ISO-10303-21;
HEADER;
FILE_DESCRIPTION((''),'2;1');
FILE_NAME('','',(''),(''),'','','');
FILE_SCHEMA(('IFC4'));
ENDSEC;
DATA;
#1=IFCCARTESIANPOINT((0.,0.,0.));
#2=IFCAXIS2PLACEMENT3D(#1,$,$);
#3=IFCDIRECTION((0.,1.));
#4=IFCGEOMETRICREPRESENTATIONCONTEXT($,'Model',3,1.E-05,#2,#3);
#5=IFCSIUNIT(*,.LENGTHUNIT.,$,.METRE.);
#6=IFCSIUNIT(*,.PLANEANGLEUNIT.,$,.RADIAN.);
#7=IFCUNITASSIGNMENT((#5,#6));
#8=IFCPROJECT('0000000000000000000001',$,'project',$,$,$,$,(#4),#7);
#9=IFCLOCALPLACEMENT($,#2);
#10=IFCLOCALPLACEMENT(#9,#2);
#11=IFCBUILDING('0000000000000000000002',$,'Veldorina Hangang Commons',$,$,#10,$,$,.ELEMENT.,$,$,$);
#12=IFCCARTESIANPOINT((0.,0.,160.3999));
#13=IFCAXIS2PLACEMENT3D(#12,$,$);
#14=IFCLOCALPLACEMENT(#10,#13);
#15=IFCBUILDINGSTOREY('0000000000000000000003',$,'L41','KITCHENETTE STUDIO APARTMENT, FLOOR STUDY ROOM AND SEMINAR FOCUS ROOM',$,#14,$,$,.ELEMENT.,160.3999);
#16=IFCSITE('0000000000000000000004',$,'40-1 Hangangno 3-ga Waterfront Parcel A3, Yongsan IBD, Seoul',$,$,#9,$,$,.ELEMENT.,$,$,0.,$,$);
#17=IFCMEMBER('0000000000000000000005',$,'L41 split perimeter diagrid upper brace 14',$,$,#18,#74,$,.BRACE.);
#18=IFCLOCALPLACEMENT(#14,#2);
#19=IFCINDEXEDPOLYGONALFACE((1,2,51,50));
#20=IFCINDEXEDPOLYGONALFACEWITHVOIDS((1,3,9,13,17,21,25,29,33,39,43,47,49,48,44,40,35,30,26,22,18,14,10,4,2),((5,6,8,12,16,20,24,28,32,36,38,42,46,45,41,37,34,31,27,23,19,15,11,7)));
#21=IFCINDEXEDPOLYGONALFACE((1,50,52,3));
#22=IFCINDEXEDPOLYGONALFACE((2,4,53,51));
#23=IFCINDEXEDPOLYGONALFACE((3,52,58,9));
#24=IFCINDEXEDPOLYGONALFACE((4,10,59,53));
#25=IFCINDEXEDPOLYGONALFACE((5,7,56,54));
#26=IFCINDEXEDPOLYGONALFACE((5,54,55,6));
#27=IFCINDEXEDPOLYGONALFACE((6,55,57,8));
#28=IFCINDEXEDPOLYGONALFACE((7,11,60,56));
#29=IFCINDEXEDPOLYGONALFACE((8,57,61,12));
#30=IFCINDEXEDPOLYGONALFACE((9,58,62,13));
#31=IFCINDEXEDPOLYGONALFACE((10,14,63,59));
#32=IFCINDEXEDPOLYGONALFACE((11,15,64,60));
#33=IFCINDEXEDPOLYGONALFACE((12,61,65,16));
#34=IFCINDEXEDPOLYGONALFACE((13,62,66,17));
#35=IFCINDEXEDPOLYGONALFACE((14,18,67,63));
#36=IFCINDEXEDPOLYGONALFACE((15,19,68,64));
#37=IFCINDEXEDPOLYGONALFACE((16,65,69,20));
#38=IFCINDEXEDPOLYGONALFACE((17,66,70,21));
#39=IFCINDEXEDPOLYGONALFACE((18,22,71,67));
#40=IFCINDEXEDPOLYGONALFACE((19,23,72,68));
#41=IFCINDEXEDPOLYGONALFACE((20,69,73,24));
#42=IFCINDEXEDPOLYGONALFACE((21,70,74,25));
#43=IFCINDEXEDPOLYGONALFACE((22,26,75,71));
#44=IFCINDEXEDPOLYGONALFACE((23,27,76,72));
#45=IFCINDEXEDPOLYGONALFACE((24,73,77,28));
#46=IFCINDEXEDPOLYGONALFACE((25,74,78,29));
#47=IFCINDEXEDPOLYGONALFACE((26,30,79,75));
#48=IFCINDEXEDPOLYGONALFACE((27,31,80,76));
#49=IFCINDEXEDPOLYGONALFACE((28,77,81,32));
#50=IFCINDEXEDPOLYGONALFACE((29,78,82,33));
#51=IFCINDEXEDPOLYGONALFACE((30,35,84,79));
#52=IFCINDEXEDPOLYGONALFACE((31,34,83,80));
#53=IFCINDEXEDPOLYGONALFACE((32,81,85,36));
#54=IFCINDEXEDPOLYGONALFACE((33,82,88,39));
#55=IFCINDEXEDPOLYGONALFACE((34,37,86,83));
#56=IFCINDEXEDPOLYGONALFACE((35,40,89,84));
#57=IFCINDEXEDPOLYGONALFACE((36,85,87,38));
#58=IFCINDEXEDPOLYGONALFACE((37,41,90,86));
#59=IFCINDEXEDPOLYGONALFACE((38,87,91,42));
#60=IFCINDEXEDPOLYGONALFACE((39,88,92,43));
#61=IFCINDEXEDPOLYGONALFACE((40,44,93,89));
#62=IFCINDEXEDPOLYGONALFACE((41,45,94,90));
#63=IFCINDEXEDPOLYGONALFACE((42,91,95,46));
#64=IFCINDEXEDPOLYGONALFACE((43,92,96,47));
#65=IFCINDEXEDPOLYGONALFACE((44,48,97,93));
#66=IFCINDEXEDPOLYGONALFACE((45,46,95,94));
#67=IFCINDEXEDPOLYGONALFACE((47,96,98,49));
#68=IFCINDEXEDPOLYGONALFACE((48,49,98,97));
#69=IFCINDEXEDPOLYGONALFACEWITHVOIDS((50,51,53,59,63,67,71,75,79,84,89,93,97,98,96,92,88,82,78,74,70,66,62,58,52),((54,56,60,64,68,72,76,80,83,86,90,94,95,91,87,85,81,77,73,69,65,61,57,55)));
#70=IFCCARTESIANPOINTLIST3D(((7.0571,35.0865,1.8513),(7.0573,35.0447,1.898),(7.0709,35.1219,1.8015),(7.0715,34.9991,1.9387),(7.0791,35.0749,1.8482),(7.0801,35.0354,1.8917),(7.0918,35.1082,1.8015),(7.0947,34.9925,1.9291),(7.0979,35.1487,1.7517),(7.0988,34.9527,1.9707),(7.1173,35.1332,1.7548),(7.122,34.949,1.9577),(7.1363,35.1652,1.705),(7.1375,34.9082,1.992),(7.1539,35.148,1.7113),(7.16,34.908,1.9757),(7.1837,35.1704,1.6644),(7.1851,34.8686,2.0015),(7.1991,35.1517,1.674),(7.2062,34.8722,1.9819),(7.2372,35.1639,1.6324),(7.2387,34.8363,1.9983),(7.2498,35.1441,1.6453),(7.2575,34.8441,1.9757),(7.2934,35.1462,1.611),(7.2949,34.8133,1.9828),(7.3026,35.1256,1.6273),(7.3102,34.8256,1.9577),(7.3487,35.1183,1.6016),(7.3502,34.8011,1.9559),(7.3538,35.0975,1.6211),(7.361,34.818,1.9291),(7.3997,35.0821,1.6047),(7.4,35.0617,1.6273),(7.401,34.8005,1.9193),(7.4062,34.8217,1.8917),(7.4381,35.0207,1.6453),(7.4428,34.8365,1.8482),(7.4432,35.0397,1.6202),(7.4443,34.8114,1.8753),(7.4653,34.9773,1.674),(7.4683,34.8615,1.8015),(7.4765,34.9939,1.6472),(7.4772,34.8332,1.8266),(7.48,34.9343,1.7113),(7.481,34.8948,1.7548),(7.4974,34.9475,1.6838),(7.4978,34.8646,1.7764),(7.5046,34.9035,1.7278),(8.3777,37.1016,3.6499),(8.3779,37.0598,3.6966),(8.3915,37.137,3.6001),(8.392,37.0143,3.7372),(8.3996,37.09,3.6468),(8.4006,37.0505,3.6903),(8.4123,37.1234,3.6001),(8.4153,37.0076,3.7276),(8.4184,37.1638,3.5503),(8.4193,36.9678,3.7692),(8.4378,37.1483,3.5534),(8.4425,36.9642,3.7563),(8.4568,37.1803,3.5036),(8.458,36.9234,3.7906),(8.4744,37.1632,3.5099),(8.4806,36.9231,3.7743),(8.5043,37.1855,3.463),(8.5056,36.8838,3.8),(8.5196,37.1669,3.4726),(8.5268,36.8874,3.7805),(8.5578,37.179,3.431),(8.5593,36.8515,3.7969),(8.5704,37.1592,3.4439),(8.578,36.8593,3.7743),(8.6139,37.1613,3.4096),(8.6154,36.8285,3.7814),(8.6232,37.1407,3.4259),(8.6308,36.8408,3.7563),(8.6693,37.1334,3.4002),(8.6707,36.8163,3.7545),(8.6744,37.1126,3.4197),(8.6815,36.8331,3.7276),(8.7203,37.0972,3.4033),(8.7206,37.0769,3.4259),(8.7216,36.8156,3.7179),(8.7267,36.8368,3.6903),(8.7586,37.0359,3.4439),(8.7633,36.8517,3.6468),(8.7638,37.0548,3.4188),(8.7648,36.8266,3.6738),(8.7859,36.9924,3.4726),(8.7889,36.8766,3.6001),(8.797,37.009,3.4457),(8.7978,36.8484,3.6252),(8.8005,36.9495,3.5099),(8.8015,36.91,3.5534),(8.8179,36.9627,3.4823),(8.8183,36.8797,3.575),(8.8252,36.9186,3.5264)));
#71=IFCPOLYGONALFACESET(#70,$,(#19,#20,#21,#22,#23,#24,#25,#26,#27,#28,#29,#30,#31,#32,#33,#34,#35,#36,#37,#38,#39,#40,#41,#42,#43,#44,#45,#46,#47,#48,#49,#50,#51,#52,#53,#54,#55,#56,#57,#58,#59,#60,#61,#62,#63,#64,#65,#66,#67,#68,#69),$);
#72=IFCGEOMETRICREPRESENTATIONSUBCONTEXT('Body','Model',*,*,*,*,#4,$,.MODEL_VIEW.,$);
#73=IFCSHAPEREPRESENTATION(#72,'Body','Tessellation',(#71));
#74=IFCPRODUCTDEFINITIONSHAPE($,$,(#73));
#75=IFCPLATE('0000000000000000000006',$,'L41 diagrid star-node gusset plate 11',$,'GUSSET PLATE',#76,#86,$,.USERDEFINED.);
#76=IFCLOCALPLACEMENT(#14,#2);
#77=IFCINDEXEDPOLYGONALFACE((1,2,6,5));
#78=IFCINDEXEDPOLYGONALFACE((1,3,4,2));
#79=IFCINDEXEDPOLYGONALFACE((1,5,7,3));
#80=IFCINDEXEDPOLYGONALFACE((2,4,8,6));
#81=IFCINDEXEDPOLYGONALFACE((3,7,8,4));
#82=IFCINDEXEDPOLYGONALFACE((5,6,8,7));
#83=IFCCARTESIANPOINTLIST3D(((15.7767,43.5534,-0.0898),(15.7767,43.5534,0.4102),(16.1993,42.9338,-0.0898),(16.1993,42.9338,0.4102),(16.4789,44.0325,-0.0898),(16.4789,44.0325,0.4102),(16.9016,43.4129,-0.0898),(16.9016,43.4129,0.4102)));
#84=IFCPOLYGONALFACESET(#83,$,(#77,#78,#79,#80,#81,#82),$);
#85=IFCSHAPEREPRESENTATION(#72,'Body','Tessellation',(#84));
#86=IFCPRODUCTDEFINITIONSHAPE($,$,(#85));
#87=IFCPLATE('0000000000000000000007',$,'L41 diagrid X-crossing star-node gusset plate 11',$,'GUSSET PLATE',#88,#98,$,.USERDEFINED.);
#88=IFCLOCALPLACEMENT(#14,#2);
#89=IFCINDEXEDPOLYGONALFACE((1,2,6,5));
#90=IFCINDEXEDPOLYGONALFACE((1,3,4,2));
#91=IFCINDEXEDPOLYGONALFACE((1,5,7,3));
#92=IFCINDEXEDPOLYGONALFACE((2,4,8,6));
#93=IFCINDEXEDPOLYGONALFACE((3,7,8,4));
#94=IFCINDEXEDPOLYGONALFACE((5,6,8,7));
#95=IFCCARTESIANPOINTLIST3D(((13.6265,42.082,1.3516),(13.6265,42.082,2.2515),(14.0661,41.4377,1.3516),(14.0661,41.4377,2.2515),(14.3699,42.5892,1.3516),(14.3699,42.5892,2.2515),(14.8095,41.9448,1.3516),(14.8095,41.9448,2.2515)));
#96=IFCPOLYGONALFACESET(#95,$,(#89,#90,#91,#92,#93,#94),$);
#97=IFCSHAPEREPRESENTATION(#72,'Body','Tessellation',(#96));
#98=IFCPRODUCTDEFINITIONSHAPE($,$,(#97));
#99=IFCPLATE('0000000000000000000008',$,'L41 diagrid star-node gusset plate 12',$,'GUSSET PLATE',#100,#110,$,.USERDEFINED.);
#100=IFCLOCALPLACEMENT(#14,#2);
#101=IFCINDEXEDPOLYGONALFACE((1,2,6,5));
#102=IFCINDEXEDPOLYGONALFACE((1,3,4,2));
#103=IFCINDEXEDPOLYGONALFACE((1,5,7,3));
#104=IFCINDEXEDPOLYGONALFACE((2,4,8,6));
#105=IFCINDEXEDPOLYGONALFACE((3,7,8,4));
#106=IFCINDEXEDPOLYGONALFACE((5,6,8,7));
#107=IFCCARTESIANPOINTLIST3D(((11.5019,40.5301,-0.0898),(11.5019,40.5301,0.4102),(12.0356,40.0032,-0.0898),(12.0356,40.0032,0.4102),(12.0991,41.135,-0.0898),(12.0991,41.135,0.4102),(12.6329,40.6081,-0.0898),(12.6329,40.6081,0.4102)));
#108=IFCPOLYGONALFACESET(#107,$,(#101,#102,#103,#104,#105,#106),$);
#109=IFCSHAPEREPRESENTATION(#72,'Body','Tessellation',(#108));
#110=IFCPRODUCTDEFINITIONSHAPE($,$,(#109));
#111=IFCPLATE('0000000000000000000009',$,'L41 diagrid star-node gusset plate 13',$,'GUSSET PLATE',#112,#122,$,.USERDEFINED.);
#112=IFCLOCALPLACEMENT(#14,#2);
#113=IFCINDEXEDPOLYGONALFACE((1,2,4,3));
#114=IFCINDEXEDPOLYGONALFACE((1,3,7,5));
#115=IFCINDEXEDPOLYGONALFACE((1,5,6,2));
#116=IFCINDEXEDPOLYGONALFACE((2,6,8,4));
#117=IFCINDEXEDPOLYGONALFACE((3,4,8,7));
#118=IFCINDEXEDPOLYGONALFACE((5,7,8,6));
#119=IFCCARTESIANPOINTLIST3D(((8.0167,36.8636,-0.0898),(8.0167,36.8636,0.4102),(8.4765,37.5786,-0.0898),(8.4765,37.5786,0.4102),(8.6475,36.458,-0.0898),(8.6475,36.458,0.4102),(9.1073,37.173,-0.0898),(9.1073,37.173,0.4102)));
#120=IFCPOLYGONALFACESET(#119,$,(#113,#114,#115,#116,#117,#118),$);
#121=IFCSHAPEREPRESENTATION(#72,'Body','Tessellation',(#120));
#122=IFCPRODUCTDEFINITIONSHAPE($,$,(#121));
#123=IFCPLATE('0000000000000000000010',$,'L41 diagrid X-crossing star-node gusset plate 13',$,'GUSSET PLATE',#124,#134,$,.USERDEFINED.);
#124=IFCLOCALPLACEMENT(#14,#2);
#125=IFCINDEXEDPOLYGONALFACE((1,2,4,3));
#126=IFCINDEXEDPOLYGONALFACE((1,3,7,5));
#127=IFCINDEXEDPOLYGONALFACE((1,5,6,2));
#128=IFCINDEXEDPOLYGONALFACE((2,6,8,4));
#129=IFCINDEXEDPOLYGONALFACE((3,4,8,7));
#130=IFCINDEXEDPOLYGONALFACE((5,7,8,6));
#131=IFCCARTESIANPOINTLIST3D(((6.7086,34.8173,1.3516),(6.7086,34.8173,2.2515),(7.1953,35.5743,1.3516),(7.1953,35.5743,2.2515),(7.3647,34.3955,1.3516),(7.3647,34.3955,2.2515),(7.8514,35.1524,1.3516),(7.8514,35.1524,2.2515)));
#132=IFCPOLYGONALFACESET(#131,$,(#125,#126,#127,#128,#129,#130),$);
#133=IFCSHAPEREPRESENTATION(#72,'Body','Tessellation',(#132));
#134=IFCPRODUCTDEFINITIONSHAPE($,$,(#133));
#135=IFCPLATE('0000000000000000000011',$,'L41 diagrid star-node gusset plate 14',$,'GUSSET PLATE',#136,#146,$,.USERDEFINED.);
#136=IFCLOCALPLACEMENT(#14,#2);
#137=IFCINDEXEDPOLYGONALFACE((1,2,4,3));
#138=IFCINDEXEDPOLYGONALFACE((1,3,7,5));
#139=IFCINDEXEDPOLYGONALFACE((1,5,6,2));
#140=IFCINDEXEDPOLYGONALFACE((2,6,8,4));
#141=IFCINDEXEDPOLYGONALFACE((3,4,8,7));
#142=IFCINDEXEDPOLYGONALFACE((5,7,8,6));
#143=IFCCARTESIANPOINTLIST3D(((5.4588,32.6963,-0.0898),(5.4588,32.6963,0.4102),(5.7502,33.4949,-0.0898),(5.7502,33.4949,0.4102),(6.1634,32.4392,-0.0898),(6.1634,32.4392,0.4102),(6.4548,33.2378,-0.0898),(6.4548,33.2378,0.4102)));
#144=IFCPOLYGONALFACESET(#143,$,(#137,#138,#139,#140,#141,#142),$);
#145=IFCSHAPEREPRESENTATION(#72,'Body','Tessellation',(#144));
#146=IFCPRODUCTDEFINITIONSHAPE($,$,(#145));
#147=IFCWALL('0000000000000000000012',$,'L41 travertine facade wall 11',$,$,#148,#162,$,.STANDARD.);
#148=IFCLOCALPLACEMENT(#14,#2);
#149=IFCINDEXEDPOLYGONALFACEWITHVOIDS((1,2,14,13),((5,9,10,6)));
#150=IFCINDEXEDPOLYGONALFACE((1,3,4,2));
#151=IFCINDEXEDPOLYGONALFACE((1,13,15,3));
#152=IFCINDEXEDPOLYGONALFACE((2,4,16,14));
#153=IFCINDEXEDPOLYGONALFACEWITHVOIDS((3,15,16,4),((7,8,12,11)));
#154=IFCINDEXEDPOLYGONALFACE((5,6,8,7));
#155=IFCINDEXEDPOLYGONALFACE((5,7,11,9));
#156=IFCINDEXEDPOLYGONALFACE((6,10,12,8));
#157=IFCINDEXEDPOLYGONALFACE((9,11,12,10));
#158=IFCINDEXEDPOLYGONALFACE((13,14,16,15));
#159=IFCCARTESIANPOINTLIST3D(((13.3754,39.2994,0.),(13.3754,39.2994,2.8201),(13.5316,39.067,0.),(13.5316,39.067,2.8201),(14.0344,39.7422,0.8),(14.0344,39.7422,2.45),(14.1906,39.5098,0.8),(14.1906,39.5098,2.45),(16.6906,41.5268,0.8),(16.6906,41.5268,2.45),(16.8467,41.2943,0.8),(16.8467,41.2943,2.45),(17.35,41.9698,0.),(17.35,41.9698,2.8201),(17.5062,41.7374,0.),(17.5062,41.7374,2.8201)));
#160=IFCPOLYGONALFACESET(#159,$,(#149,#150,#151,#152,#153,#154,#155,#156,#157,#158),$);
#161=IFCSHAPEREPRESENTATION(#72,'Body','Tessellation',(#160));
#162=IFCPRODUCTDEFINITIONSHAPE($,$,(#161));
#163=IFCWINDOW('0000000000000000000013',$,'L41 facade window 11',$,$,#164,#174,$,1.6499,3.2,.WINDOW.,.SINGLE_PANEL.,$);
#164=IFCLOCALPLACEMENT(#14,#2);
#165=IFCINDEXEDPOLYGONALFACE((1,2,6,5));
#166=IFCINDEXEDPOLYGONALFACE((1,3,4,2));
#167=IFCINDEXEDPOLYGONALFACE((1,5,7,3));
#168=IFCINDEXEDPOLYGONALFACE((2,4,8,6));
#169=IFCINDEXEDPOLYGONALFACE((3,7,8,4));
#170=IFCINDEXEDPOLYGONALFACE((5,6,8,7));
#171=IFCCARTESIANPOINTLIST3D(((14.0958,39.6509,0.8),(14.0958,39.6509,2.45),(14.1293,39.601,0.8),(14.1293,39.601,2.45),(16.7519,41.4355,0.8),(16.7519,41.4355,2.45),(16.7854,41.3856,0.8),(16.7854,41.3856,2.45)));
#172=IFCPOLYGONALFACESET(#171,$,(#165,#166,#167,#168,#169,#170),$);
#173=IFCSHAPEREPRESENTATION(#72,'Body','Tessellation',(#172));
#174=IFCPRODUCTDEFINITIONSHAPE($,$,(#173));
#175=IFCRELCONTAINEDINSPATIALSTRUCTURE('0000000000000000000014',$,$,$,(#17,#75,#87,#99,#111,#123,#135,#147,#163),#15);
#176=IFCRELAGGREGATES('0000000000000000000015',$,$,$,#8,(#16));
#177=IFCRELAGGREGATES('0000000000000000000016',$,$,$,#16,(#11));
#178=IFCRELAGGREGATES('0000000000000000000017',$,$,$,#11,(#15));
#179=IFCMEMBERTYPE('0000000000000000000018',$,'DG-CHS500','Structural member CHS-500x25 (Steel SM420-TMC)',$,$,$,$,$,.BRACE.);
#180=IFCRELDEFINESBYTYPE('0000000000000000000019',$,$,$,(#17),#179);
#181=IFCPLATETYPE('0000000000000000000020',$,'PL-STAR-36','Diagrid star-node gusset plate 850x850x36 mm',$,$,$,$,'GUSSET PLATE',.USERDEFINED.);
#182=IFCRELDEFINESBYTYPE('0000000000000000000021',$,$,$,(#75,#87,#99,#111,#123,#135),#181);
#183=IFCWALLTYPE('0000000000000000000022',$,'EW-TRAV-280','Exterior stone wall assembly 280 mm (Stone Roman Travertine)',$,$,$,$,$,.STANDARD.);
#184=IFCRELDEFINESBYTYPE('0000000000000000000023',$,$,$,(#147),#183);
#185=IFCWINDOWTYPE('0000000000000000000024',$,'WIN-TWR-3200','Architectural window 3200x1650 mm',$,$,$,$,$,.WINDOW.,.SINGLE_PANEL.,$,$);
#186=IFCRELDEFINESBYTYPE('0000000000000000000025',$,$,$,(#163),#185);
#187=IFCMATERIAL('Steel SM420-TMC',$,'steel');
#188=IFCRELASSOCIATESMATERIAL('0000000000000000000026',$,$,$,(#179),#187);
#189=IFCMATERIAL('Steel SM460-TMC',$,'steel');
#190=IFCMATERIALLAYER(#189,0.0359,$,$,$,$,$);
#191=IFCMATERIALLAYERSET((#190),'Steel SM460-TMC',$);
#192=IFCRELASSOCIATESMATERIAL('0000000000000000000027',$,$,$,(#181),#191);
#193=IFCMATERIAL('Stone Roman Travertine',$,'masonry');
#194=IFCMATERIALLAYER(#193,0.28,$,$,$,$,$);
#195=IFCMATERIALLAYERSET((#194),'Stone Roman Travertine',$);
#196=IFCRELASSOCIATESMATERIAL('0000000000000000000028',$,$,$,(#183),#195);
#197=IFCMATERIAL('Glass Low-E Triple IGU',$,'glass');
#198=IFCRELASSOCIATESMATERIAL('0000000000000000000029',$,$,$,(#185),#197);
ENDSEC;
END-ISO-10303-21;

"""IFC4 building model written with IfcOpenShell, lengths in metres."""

from ifc_helpers import new_model, si_unit, direction, frame, frame_2d, origin, origin_2d, place, context, subcontext, project, spatial, rectangle, hollow_circle, extrude, material, layer, layer_set, material_profile, profile_set, type_object, element, fill, save


model = new_model("IFC4")

# Units and contexts
model_context = context("Model", 3, precision=1e-05, world=origin(), true_north=direction((0.0, 1.0)))
body_context = subcontext(model_context, "Body", "Model", "MODEL_VIEW")
ifc_project = project(units=[si_unit("LENGTHUNIT", "METRE"), si_unit("PLANEANGLEUNIT", "RADIAN")], contexts=[model_context])

# Site, building, storey
site_placement = place(None, origin())
site = spatial("IfcSite", under=ifc_project, at=site_placement, Name="40-1 Hangangno 3-ga Waterfront Parcel A3, Yongsan IBD, Seoul", CompositionType="ELEMENT", RefElevation=0.0)
building_placement = place(site_placement, origin())
building = spatial("IfcBuilding", under=site, at=building_placement, Name="Veldorina Hangang Commons", CompositionType="ELEMENT")
storey_placement = place(building_placement, frame((0.0, 0.0, 160.3999)))
storey = spatial("IfcBuildingStorey", under=building, at=storey_placement, Name="L41", Description="KITCHENETTE STUDIO APARTMENT, FLOOR STUDY ROOM AND SEMINAR FOCUS ROOM", CompositionType="ELEMENT", Elevation=160.3999)

# Shared definitions
ifc_material_1 = material(Name="Steel SM420-TMC", Category="steel")

# Member
ifc_material_profile_1 = material_profile(ifc_material_1, hollow_circle(Radius=0.25, WallThickness=0.0249, at=origin_2d()), Name="CHS-500x25")
ifc_profile_set_1 = profile_set([ifc_material_profile_1], Name="Steel SM420-TMC")
member_type = type_object("IfcMemberType", Name="DG-CHS500", Description="Structural member CHS-500x25 (Steel SM420-TMC)", PredefinedType="BRACE", material=ifc_profile_set_1)
member_1_placement = place(storey_placement, frame((7.28, 34.9849, 1.8015), z_axis=(0.439222, 0.670241, 0.598215), x_axis=(-0.836405, 0.548112, 0.0)))
element("IfcMember", 1, at=member_1_placement, inside=storey, type_object=member_type, Name="L41 split perimeter diagrid upper brace 14", PredefinedType="BRACE", context=body_context, shape_type="SweptSolid", body=[
    extrude(hollow_circle(Radius=0.25, WallThickness=0.0249, at=origin_2d()), origin(), (0.0, 0.0, 1.0), 3.0066),
])

# Plates
ifc_material_2 = material(Name="Steel SM460-TMC", Category="steel")
ifc_layer_1 = layer(ifc_material_2, 0.0359)
ifc_layer_set_1 = layer_set([ifc_layer_1], Name="Steel SM460-TMC")
plate_type = type_object("IfcPlateType", Name="PL-STAR-36", Description="Diagrid star-node gusset plate 850x850x36 mm", ElementType="GUSSET PLATE", PredefinedType="USERDEFINED", material=ifc_layer_set_1)
plate_1_placement = place(storey_placement, frame((16.3391, 43.4832, -0.0898), z_axis=(0.0, 0.0, 1.0), x_axis=(-0.826079, -0.563555, 0.0)))
element("IfcPlate", 2, at=plate_1_placement, inside=storey, type_object=plate_type, Name="L41 diagrid star-node gusset plate 11", ObjectType="GUSSET PLATE", PredefinedType="USERDEFINED", context=body_context, shape_type="SweptSolid", body=[
    extrude(rectangle(XDim=0.8501, YDim=0.75, at=origin_2d()), origin(), (0.0, 0.0, 1.0), 0.5),
])
plate_2_placement = place(storey_placement, frame((14.218, 42.0134, 1.3516), z_axis=(0.0, 0.0, 1.0), x_axis=(-0.826079, -0.563555, 0.0)))
element("IfcPlate", 3, at=plate_2_placement, inside=storey, type_object=plate_type, Name="L41 diagrid X-crossing star-node gusset plate 11", ObjectType="GUSSET PLATE", PredefinedType="USERDEFINED", context=body_context, shape_type="SweptSolid", body=[
    extrude(rectangle(XDim=0.8999, YDim=0.78, at=origin_2d()), origin(), (0.0, 0.0, 1.0), 0.8999),
])
for number, where, z_axis, x_axis, name in (
    (4, (12.0674, 40.5691, -0.0898), (0.0, 0.0, 1.0), (-0.702551, -0.711634, 0.0), "L41 diagrid star-node gusset plate 12"),
    (5, (8.562, 37.0183, -0.0898), (0.0, 0.0, 1.0), (-0.540857, -0.841115, 0.0), "L41 diagrid star-node gusset plate 13"),
):
    element("IfcPlate", number, at=place(storey_placement, frame(where, z_axis=z_axis, x_axis=x_axis)), inside=storey, type_object=plate_type, Name=name, ObjectType="GUSSET PLATE", PredefinedType="USERDEFINED", context=body_context, shape_type="SweptSolid", body=[
        extrude(rectangle(XDim=0.8501, YDim=0.75, at=origin_2d()), origin(), (0.0, 0.0, 1.0), 0.5),
    ])
plate_3_placement = place(storey_placement, frame((7.28, 34.9849, 1.3516), z_axis=(0.0, 0.0, 1.0), x_axis=(-0.540857, -0.841115, 0.0)))
element("IfcPlate", 6, at=plate_3_placement, inside=storey, type_object=plate_type, Name="L41 diagrid X-crossing star-node gusset plate 13", ObjectType="GUSSET PLATE", PredefinedType="USERDEFINED", context=body_context, shape_type="SweptSolid", body=[
    extrude(rectangle(XDim=0.8999, YDim=0.78, at=origin_2d()), origin(), (0.0, 0.0, 1.0), 0.8999),
])
plate_4_placement = place(storey_placement, frame((5.9568, 32.967, -0.0898), z_axis=(0.0, 0.0, 1.0), x_axis=(-0.342807, -0.939406, 0.0)))
element("IfcPlate", 7, at=plate_4_placement, inside=storey, type_object=plate_type, Name="L41 diagrid star-node gusset plate 14", ObjectType="GUSSET PLATE", PredefinedType="USERDEFINED", context=body_context, shape_type="SweptSolid", body=[
    extrude(rectangle(XDim=0.8501, YDim=0.75, at=origin_2d()), origin(), (0.0, 0.0, 1.0), 0.5),
])

# Wall, opening, window
ifc_material_3 = material(Name="Stone Roman Travertine", Category="masonry")
ifc_layer_2 = layer(ifc_material_3, 0.28)
ifc_layer_set_2 = layer_set([ifc_layer_2], Name="Stone Roman Travertine")
wall_type_1 = type_object("IfcWallType", Name="EW-TRAV-280", Description="Exterior stone wall assembly 280 mm (Stone Roman Travertine)", PredefinedType="STANDARD", material=ifc_layer_set_2)
wall_1_placement = place(storey_placement, frame((17.428, 41.8535, 0.0), z_axis=(0.0, 0.0, 1.0), x_axis=(-0.830053, -0.557685, 0.0)))
wall_1 = element("IfcWall", 8, at=wall_1_placement, inside=storey, type_object=wall_type_1, Name="L41 travertine facade wall 11", PredefinedType="STANDARD", context=body_context, shape_type="SweptSolid", body=[
    extrude(rectangle(XDim=4.7883, YDim=0.28, at=frame_2d((2.394, 0.0))), origin(), (0.0, 0.0, 1.0), 2.8201),
])
opening_1_placement = place(wall_1_placement, frame((0.7942, 0.0, 0.8)))
opening_1 = element("IfcOpeningElement", 9, at=opening_1_placement, cuts=wall_1, PredefinedType="OPENING", context=body_context, shape_type="SweptSolid", body=[
    extrude(rectangle(XDim=3.2, YDim=1.6499, at=frame_2d((1.6001, 0.825))), frame((0.0, 0.1499, 0.0), z_axis=(0.0, -1.0, 0.0), x_axis=(1.0, 0.0, 0.0)), (0.0, 0.0, 1.0), 0.3),
])
ifc_material_4 = material(Name="Glass Low-E Triple IGU", Category="glass")
window_type = type_object("IfcWindowType", Name="WIN-TWR-3200", Description="Architectural window 3200x1650 mm", PartitioningType="SINGLE_PANEL", PredefinedType="WINDOW", material=ifc_material_4)
window_1_placement = place(opening_1_placement, origin())
window_1 = element("IfcWindow", 10, at=window_1_placement, inside=storey, type_object=window_type, Name="L41 facade window 11", OverallHeight=1.6499, OverallWidth=3.2, PartitioningType="SINGLE_PANEL", PredefinedType="WINDOW", context=body_context, shape_type="SweptSolid", body=[
    extrude(rectangle(XDim=3.2, YDim=1.6499, at=frame_2d((1.6001, 0.825))), frame((0.0, 0.03, 0.0), z_axis=(0.0, -1.0, 0.0), x_axis=(1.0, 0.0, 0.0)), (0.0, 0.0, 1.0), 0.0601),
])
fill(opening_1, window_1)

save(model, "model.ifc")
